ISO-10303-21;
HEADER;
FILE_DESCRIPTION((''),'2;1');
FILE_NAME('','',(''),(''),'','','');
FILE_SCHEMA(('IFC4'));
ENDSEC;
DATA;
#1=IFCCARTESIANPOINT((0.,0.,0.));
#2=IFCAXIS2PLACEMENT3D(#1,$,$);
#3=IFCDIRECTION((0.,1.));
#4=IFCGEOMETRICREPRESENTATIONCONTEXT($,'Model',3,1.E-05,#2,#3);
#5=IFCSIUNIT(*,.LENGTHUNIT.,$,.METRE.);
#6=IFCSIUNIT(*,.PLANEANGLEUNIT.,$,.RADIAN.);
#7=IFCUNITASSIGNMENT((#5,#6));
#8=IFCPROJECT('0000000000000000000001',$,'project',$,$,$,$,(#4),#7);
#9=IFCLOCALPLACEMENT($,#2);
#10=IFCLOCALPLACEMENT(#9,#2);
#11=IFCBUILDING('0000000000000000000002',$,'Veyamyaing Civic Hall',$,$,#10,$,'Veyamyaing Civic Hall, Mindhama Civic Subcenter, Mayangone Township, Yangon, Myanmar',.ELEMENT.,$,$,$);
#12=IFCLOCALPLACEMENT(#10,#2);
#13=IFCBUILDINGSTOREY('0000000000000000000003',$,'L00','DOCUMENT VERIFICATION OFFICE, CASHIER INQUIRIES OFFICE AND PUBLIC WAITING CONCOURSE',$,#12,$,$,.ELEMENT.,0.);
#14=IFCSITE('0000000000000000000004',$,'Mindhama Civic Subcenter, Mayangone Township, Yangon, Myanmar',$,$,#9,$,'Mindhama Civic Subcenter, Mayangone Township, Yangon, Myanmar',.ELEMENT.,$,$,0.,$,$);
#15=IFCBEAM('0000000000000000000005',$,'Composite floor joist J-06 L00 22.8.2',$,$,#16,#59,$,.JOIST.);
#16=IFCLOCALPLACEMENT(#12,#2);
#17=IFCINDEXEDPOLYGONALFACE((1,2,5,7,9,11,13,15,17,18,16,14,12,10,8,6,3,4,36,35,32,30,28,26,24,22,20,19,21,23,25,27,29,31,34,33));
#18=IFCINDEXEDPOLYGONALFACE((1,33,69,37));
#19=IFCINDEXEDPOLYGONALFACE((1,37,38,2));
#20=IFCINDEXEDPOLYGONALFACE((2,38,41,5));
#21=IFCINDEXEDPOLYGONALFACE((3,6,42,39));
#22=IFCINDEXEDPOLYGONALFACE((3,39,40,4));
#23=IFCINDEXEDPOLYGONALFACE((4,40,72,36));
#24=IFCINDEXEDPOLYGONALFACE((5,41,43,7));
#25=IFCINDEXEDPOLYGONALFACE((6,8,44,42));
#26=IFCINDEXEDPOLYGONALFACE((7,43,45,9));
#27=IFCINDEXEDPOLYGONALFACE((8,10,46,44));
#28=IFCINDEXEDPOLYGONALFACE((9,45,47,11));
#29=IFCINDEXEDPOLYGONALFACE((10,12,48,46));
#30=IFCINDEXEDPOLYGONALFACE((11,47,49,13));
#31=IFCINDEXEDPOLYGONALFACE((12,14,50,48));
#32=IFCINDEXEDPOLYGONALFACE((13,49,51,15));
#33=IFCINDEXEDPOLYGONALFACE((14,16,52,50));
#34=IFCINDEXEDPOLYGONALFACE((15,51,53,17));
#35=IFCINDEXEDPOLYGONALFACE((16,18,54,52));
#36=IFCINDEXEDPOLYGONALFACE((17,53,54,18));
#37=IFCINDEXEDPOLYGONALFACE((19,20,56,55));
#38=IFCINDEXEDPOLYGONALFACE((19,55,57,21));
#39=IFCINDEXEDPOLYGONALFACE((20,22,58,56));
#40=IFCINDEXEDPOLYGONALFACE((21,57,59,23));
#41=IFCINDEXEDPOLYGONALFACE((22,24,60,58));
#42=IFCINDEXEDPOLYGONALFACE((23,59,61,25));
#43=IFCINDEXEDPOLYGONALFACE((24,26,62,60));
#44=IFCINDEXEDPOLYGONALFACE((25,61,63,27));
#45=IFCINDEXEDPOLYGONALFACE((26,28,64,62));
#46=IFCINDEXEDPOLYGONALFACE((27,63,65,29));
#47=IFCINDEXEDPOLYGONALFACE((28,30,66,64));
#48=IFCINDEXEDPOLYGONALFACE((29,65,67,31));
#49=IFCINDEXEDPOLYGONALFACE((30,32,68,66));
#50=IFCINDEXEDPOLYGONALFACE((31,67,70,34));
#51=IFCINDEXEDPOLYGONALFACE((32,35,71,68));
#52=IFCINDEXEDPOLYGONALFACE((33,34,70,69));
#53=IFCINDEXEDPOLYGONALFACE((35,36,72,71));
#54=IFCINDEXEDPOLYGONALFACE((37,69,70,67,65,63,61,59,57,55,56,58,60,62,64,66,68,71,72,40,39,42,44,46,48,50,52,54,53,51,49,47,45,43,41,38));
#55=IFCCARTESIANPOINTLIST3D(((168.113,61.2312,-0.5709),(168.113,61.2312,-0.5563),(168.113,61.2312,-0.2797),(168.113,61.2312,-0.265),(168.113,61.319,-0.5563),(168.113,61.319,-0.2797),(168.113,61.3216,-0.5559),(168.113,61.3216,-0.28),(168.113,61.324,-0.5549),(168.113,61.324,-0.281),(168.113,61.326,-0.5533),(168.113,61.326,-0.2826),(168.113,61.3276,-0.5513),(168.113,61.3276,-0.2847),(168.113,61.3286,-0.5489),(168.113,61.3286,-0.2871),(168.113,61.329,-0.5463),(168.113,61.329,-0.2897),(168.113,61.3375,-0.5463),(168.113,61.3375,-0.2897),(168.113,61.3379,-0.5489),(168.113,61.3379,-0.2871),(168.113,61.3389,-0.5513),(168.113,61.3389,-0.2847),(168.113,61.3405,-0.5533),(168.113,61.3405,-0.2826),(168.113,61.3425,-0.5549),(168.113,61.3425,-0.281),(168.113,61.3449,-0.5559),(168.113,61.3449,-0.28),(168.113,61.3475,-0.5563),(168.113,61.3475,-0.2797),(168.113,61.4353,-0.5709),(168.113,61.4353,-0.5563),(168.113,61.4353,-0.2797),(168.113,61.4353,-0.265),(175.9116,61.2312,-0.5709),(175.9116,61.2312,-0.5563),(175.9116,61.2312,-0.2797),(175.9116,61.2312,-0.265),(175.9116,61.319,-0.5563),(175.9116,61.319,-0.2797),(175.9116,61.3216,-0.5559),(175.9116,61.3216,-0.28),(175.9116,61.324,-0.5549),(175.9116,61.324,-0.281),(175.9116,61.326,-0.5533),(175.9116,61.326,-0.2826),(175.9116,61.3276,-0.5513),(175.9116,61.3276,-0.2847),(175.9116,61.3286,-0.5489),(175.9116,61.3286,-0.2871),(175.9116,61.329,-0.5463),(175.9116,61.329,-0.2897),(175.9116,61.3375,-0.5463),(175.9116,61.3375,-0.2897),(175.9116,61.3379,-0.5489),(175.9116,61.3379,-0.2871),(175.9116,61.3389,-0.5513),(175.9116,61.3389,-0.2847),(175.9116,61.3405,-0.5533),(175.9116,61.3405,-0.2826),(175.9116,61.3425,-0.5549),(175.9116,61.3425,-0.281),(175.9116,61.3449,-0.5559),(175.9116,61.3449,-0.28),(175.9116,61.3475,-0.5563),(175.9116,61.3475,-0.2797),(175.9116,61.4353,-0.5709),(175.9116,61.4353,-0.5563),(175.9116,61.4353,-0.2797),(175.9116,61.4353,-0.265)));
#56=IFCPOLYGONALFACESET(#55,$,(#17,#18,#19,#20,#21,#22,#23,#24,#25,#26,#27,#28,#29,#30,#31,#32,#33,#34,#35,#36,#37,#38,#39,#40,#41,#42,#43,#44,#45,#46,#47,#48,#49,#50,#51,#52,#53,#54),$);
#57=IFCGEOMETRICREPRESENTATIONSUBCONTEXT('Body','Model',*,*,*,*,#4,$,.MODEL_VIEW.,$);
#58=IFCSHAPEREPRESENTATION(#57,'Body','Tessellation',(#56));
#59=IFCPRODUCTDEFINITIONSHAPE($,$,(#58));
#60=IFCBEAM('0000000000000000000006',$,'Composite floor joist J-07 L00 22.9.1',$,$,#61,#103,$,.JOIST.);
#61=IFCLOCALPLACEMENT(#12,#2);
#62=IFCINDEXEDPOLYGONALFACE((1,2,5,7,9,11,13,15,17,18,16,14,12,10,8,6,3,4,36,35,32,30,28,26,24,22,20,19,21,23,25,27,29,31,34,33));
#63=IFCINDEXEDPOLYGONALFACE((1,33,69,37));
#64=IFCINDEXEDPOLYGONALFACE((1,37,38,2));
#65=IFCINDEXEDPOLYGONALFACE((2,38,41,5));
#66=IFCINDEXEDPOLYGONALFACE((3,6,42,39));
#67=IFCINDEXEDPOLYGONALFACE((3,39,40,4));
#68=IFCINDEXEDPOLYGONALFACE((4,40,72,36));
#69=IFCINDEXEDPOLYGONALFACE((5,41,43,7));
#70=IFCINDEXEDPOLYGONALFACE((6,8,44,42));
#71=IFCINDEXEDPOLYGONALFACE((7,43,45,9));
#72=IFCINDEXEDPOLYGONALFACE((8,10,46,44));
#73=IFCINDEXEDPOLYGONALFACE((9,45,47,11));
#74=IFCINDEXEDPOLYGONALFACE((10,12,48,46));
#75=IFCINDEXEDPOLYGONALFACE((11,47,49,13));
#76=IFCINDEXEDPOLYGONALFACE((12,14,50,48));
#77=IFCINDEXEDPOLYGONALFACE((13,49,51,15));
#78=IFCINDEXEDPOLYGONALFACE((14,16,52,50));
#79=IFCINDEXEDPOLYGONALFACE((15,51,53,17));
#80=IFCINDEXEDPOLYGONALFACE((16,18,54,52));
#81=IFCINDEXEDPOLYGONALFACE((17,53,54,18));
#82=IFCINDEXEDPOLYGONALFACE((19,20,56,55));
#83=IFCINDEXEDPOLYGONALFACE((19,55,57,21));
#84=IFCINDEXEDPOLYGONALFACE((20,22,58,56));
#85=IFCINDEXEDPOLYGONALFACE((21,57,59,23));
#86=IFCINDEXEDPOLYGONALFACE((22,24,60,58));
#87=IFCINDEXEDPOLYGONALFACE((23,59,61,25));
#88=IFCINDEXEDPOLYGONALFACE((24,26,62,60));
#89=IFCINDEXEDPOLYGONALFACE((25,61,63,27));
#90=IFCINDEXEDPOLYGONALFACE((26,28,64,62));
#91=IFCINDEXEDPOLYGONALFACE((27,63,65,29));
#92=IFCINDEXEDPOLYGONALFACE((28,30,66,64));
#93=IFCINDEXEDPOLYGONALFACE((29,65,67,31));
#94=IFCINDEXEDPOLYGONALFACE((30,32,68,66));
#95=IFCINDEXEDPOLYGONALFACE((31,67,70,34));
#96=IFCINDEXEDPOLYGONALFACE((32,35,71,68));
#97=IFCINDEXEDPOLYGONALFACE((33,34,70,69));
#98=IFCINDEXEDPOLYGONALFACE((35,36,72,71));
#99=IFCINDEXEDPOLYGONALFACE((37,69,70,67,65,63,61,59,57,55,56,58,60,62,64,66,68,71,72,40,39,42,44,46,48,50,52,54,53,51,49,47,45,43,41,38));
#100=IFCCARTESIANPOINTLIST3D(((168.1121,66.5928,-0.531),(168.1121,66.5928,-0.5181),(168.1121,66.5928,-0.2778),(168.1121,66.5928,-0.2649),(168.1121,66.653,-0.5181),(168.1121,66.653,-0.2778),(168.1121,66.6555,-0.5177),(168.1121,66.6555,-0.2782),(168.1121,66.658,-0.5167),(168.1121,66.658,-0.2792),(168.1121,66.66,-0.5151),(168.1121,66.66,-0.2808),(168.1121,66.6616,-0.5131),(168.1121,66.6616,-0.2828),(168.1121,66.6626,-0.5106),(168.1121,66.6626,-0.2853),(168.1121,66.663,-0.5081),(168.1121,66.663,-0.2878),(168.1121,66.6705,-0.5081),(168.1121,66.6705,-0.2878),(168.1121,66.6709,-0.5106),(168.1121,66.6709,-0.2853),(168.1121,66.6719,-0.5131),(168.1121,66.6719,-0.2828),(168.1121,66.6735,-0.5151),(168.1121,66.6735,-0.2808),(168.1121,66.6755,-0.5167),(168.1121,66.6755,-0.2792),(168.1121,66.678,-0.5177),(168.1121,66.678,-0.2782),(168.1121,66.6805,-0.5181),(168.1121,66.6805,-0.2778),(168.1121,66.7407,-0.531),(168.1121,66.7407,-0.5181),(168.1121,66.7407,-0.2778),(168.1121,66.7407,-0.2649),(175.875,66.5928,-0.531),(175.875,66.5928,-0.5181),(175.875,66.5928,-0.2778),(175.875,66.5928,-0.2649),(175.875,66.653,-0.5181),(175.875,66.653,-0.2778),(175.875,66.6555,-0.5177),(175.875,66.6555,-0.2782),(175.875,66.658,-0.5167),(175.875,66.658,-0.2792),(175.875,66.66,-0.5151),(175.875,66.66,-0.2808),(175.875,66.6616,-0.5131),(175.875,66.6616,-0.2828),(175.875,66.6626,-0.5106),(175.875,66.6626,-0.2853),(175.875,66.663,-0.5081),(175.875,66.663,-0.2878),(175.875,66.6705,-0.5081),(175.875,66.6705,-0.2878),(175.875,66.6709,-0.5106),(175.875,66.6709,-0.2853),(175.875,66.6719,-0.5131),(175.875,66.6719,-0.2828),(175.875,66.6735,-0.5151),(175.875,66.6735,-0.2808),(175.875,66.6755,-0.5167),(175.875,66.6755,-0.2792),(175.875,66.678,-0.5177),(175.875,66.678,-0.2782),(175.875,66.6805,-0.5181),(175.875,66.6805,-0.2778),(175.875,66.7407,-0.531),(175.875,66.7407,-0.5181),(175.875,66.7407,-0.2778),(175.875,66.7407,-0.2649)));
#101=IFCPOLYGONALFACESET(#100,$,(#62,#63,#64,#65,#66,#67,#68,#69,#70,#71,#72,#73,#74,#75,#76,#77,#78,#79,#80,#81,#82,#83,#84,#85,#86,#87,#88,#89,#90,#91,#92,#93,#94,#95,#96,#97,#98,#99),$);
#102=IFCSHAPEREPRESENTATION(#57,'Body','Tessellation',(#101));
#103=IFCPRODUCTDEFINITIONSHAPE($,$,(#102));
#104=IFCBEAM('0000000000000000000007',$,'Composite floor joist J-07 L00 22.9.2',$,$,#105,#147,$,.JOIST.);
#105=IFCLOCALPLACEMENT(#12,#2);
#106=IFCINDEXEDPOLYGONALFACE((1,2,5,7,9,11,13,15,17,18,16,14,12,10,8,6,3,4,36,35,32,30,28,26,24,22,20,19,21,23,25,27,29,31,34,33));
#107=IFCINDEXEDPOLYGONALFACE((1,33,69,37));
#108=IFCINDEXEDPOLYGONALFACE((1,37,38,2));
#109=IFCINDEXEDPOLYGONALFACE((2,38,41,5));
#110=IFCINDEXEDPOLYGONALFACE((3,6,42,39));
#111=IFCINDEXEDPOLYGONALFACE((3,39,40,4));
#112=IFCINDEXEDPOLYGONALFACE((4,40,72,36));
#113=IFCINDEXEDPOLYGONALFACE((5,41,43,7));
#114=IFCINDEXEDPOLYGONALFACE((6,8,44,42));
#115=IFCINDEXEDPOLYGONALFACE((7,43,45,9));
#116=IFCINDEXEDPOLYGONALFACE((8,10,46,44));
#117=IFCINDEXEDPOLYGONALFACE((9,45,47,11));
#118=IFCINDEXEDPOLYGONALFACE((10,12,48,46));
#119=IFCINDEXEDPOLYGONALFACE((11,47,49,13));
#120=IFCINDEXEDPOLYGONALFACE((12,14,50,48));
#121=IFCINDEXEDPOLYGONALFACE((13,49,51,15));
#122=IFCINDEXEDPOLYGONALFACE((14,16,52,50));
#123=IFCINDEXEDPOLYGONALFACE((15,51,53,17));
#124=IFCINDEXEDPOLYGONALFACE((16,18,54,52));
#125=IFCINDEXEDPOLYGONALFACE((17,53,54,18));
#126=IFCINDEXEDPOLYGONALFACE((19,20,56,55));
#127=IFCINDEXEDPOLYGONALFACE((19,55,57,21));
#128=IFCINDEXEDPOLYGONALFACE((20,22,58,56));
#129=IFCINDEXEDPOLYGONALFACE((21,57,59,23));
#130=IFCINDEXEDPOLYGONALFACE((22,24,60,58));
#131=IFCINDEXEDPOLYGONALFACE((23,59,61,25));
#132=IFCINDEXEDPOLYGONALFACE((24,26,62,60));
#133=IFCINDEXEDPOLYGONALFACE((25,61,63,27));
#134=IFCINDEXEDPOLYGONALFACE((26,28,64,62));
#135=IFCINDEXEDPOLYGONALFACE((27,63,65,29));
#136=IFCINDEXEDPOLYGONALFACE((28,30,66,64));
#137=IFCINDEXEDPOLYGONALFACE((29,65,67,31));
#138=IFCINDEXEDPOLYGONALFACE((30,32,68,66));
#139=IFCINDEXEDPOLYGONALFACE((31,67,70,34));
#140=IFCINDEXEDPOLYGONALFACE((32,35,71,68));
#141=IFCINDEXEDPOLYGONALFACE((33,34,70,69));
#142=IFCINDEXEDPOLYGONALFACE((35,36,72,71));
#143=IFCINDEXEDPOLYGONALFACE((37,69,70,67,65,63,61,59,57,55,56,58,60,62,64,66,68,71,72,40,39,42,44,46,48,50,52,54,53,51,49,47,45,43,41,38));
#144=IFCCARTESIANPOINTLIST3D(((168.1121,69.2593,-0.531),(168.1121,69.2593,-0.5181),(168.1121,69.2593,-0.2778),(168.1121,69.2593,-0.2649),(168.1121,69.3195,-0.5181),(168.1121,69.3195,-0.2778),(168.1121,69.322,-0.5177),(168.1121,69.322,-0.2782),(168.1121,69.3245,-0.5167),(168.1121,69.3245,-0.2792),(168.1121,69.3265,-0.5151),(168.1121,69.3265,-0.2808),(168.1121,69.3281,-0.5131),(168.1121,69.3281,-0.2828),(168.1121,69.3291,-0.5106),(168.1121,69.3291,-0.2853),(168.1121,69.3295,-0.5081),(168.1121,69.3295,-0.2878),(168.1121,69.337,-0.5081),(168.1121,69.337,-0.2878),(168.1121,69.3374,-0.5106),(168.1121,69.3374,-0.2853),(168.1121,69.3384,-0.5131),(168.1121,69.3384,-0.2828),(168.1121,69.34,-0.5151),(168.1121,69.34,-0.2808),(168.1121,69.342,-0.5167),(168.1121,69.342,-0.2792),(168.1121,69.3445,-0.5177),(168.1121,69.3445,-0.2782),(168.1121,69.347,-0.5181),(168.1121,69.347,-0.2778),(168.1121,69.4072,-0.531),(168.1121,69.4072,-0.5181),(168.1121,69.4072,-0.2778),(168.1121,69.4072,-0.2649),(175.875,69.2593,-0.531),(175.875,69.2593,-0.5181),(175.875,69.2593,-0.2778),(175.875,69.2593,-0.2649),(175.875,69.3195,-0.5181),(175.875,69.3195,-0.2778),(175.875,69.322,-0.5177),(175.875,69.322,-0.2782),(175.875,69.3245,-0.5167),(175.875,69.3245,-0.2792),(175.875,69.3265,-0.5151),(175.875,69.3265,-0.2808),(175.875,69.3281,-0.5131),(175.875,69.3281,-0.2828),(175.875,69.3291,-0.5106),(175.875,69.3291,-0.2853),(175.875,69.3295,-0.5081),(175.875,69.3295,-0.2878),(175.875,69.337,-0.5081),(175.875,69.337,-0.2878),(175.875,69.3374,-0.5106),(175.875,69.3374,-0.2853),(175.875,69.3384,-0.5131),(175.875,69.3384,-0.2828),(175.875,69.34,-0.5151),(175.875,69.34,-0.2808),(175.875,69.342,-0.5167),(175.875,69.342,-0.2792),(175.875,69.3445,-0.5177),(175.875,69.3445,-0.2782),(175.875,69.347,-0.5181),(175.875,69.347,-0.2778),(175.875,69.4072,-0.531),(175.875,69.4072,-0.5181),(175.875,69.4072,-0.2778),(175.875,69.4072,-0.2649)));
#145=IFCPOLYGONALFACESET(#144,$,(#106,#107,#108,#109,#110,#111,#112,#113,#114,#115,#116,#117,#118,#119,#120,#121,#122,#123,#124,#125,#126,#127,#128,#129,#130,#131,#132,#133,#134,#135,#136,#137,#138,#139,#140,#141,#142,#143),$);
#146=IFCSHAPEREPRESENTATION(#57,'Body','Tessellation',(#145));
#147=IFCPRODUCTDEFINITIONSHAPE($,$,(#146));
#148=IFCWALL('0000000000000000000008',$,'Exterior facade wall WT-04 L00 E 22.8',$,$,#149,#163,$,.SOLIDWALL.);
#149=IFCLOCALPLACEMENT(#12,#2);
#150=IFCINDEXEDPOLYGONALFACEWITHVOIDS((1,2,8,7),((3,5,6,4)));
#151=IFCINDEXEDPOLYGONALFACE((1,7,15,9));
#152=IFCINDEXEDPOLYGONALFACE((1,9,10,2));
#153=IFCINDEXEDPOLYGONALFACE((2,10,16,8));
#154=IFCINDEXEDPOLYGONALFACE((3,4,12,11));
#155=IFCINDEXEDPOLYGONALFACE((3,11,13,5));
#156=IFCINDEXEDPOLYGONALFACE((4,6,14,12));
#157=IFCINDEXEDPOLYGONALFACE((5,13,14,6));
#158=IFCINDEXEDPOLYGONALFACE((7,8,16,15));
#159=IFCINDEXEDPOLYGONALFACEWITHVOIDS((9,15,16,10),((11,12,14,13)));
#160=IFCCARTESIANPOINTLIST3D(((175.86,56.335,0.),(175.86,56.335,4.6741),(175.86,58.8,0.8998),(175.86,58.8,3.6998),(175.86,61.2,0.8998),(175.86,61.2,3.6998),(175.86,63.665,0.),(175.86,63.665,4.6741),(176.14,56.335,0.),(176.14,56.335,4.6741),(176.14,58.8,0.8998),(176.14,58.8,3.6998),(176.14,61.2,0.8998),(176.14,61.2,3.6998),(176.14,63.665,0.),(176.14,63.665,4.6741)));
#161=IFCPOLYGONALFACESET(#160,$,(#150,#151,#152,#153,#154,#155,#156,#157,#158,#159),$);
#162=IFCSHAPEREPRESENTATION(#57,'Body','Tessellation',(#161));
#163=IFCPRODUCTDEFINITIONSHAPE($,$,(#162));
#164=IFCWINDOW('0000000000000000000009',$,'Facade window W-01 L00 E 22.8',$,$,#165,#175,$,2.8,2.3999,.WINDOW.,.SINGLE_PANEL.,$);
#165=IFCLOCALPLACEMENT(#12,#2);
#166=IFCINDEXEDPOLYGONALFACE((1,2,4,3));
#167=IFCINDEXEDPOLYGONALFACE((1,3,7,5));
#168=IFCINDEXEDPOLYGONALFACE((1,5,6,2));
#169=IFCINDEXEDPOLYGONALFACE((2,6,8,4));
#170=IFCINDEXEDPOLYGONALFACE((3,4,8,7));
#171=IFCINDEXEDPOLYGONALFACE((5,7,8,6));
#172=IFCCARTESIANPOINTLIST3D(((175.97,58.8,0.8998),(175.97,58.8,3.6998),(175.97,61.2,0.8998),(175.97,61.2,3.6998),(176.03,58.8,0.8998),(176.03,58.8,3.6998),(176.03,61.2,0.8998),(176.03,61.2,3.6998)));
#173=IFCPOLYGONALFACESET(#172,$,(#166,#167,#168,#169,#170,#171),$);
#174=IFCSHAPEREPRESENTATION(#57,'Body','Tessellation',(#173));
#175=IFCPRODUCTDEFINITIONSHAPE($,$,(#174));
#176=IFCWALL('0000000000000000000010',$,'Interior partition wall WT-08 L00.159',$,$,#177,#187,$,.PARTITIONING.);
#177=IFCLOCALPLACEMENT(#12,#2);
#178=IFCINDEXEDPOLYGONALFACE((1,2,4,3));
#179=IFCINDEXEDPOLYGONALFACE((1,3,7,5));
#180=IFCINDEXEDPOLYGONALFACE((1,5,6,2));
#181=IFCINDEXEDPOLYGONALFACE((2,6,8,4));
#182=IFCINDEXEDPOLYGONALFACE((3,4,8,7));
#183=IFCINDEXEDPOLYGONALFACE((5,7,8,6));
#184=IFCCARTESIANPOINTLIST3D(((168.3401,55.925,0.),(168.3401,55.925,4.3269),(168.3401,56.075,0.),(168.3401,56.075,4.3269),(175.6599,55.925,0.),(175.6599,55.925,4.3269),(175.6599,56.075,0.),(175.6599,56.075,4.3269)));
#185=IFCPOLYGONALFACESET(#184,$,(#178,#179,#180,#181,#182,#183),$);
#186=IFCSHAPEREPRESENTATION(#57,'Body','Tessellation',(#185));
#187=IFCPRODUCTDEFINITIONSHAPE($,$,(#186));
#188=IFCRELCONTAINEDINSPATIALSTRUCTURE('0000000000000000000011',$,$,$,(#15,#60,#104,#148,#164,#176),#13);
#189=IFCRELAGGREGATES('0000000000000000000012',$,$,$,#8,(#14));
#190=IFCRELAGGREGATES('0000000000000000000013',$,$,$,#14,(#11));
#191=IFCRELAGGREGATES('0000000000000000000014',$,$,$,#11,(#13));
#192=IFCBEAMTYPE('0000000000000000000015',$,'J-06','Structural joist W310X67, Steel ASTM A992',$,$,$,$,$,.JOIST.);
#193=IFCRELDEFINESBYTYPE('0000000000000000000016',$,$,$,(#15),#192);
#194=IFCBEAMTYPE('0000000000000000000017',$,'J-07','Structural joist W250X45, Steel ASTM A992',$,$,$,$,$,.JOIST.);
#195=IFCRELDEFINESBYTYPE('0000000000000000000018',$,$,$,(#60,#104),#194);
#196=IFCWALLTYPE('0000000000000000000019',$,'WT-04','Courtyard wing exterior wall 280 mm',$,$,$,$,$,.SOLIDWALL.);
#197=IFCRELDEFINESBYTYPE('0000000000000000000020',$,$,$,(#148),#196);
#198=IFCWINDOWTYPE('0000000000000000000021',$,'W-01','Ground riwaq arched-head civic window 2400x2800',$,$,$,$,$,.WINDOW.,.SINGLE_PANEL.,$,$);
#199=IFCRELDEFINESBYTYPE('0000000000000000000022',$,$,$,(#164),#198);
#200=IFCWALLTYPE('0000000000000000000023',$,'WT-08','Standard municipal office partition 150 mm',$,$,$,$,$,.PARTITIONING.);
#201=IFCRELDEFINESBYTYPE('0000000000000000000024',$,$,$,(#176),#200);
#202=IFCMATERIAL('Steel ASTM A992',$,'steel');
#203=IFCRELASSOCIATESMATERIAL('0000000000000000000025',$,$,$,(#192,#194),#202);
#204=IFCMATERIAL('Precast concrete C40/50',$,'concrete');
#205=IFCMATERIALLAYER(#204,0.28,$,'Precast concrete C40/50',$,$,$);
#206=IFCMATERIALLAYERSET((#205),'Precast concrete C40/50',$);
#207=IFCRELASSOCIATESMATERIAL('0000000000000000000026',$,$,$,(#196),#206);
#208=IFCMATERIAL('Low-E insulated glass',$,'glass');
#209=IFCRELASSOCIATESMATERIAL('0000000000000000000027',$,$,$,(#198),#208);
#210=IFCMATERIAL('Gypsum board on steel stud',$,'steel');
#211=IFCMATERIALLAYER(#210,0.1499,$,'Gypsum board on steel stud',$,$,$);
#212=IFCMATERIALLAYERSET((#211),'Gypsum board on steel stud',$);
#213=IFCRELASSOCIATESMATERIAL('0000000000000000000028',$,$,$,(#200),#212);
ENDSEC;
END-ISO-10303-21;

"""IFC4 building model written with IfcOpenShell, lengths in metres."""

from ifc_helpers import new_model, si_unit, direction, frame, frame_2d, origin, origin_2d, place, context, subcontext, project, spatial, rectangle, i_section, extrude, material, layer, layer_set, material_profile, profile_set, type_object, element, fill, save


model = new_model("IFC4")

# Units and contexts
model_context = context("Model", 3, precision=1e-05, world=origin(), true_north=direction((0.0, 1.0)))
body_context = subcontext(model_context, "Body", "Model", "MODEL_VIEW")
ifc_project = project(units=[si_unit("LENGTHUNIT", "METRE"), si_unit("PLANEANGLEUNIT", "RADIAN")], contexts=[model_context])

# Site, building, storey
site_placement = place(None, origin())
site = spatial("IfcSite", under=ifc_project, at=site_placement, Name="Mindhama Civic Subcenter, Mayangone Township, Yangon, Myanmar", LongName="Mindhama Civic Subcenter, Mayangone Township, Yangon, Myanmar", CompositionType="ELEMENT", RefElevation=0.0)
building_placement = place(site_placement, origin())
building = spatial("IfcBuilding", under=site, at=building_placement, Name="Veyamyaing Civic Hall", LongName="Veyamyaing Civic Hall, Mindhama Civic Subcenter, Mayangone Township, Yangon, Myanmar", CompositionType="ELEMENT")
storey_placement = place(building_placement, origin())
storey = spatial("IfcBuildingStorey", under=building, at=storey_placement, Name="L00", Description="DOCUMENT VERIFICATION OFFICE, CASHIER INQUIRIES OFFICE AND PUBLIC WAITING CONCOURSE", CompositionType="ELEMENT", Elevation=0.0)

# Shared definitions
ifc_material_1 = material(Name="Steel ASTM A992", Category="steel")

# Beams
ifc_material_profile_1 = material_profile(ifc_material_1, i_section(OverallWidth=0.2041, OverallDepth=0.3059, WebThickness=0.0085, FlangeThickness=0.0146, FilletRadius=0.01, at=origin_2d()), Name="W310X67")
ifc_profile_set_1 = profile_set([ifc_material_profile_1], Name="Steel ASTM A992")
beam_type_1 = type_object("IfcBeamType", Name="J-06", Description="Structural joist W310X67, Steel ASTM A992", PredefinedType="JOIST", material=ifc_profile_set_1)
for number, where, z_axis, x_axis, name in (
    (1, (168.113, 61.3333, -0.418), (1.0, 0.0, 0.0), (0.0, 1.0, 0.0), "Composite floor joist J-06 L00 22.8.2"),
):
    element("IfcBeam", number, at=place(storey_placement, frame(where, z_axis=z_axis, x_axis=x_axis)), inside=storey, type_object=beam_type_1, Name=name, PredefinedType="JOIST", context=body_context, shape_type="SweptSolid", body=[
        extrude(i_section(OverallWidth=0.2041, OverallDepth=0.3059, WebThickness=0.0085, FlangeThickness=0.0146, FilletRadius=0.01, at=origin_2d()), origin(), (0.0, 0.0, 1.0), 7.7986),
    ])
ifc_material_profile_2 = material_profile(ifc_material_1, i_section(OverallWidth=0.1479, OverallDepth=0.2661, WebThickness=0.0076, FlangeThickness=0.0129, FilletRadius=0.01, at=origin_2d()), Name="W250X45")
ifc_profile_set_2 = profile_set([ifc_material_profile_2], Name="Steel ASTM A992")
beam_type_2 = type_object("IfcBeamType", Name="J-07", Description="Structural joist W250X45, Steel ASTM A992", PredefinedType="JOIST", material=ifc_profile_set_2)
for number, where, z_axis, x_axis, name in (
    (2, (168.1121, 66.6667, -0.3979), (1.0, 0.0, 0.0), (0.0, 1.0, 0.0), "Composite floor joist J-07 L00 22.9.1"),
    (3, (168.1121, 69.3333, -0.3979), (1.0, 0.0, 0.0), (0.0, 1.0, 0.0), "Composite floor joist J-07 L00 22.9.2"),
):
    element("IfcBeam", number, at=place(storey_placement, frame(where, z_axis=z_axis, x_axis=x_axis)), inside=storey, type_object=beam_type_2, Name=name, PredefinedType="JOIST", context=body_context, shape_type="SweptSolid", body=[
        extrude(i_section(OverallWidth=0.1479, OverallDepth=0.2661, WebThickness=0.0076, FlangeThickness=0.0129, FilletRadius=0.01, at=origin_2d()), origin(), (0.0, 0.0, 1.0), 7.7629),
    ])

# Wall, opening, window
ifc_material_2 = material(Name="Precast concrete C40/50", Category="concrete")
ifc_layer_1 = layer(ifc_material_2, 0.28, Name="Precast concrete C40/50")
ifc_layer_set_1 = layer_set([ifc_layer_1], Name="Precast concrete C40/50")
wall_type_1 = type_object("IfcWallType", Name="WT-04", Description="Courtyard wing exterior wall 280 mm", PredefinedType="SOLIDWALL", material=ifc_layer_set_1)
wall_1_placement = place(storey_placement, frame((176.0, 56.335, 0.0), z_axis=(0.0, 0.0, 1.0), x_axis=(0.0, 1.0, 0.0)))
wall_1 = element("IfcWall", 4, at=wall_1_placement, inside=storey, type_object=wall_type_1, Name="Exterior facade wall WT-04 L00 E 22.8", PredefinedType="SOLIDWALL", context=body_context, shape_type="SweptSolid", body=[
    extrude(rectangle(XDim=7.3301, YDim=0.28, at=frame_2d((3.665, 0.0))), origin(), (0.0, 0.0, 1.0), 4.6741),
])
opening_1_placement = place(wall_1_placement, frame((2.4651, 0.0, 0.8999)))
opening_1 = element("IfcOpeningElement", 5, at=opening_1_placement, cuts=wall_1, PredefinedType="OPENING", context=body_context, shape_type="SweptSolid", body=[
    extrude(rectangle(XDim=2.3999, YDim=2.8, at=frame_2d((1.2, 1.3999))), frame((0.0, 0.1499, 0.0), z_axis=(0.0, -1.0, 0.0), x_axis=(1.0, 0.0, 0.0)), (0.0, 0.0, 1.0), 0.3),
])
ifc_material_3 = material(Name="Low-E insulated glass", Category="glass")
window_type = type_object("IfcWindowType", Name="W-01", Description="Ground riwaq arched-head civic window 2400x2800", PartitioningType="SINGLE_PANEL", PredefinedType="WINDOW", material=ifc_material_3)
window_placement = place(opening_1_placement, origin())
window = element("IfcWindow", 6, at=window_placement, inside=storey, type_object=window_type, Name="Facade window W-01 L00 E 22.8", OverallHeight=2.8, OverallWidth=2.3999, PartitioningType="SINGLE_PANEL", PredefinedType="WINDOW", context=body_context, shape_type="SweptSolid", body=[
    extrude(rectangle(XDim=2.3999, YDim=2.8, at=frame_2d((1.2, 1.3999))), frame((0.0, 0.03, 0.0), z_axis=(0.0, -1.0, 0.0), x_axis=(1.0, 0.0, 0.0)), (0.0, 0.0, 1.0), 0.0601),
])
fill(opening_1, window)

# Wall
ifc_material_4 = material(Name="Gypsum board on steel stud", Category="steel")
ifc_layer_2 = layer(ifc_material_4, 0.1499, Name="Gypsum board on steel stud")
ifc_layer_set_2 = layer_set([ifc_layer_2], Name="Gypsum board on steel stud")
wall_type_2 = type_object("IfcWallType", Name="WT-08", Description="Standard municipal office partition 150 mm", PredefinedType="PARTITIONING", material=ifc_layer_set_2)
wall_2_placement = place(storey_placement, frame((168.3401, 56.0, 0.0), z_axis=(0.0, 0.0, 1.0), x_axis=(1.0, 0.0, 0.0)))
element("IfcWall", 7, at=wall_2_placement, inside=storey, type_object=wall_type_2, Name="Interior partition wall WT-08 L00.159", PredefinedType="PARTITIONING", context=body_context, shape_type="SweptSolid", body=[
    extrude(rectangle(XDim=7.3198, YDim=0.1499, at=frame_2d((3.6599, 0.0))), origin(), (0.0, 0.0, 1.0), 4.3269),
])

save(model, "model.ifc")
